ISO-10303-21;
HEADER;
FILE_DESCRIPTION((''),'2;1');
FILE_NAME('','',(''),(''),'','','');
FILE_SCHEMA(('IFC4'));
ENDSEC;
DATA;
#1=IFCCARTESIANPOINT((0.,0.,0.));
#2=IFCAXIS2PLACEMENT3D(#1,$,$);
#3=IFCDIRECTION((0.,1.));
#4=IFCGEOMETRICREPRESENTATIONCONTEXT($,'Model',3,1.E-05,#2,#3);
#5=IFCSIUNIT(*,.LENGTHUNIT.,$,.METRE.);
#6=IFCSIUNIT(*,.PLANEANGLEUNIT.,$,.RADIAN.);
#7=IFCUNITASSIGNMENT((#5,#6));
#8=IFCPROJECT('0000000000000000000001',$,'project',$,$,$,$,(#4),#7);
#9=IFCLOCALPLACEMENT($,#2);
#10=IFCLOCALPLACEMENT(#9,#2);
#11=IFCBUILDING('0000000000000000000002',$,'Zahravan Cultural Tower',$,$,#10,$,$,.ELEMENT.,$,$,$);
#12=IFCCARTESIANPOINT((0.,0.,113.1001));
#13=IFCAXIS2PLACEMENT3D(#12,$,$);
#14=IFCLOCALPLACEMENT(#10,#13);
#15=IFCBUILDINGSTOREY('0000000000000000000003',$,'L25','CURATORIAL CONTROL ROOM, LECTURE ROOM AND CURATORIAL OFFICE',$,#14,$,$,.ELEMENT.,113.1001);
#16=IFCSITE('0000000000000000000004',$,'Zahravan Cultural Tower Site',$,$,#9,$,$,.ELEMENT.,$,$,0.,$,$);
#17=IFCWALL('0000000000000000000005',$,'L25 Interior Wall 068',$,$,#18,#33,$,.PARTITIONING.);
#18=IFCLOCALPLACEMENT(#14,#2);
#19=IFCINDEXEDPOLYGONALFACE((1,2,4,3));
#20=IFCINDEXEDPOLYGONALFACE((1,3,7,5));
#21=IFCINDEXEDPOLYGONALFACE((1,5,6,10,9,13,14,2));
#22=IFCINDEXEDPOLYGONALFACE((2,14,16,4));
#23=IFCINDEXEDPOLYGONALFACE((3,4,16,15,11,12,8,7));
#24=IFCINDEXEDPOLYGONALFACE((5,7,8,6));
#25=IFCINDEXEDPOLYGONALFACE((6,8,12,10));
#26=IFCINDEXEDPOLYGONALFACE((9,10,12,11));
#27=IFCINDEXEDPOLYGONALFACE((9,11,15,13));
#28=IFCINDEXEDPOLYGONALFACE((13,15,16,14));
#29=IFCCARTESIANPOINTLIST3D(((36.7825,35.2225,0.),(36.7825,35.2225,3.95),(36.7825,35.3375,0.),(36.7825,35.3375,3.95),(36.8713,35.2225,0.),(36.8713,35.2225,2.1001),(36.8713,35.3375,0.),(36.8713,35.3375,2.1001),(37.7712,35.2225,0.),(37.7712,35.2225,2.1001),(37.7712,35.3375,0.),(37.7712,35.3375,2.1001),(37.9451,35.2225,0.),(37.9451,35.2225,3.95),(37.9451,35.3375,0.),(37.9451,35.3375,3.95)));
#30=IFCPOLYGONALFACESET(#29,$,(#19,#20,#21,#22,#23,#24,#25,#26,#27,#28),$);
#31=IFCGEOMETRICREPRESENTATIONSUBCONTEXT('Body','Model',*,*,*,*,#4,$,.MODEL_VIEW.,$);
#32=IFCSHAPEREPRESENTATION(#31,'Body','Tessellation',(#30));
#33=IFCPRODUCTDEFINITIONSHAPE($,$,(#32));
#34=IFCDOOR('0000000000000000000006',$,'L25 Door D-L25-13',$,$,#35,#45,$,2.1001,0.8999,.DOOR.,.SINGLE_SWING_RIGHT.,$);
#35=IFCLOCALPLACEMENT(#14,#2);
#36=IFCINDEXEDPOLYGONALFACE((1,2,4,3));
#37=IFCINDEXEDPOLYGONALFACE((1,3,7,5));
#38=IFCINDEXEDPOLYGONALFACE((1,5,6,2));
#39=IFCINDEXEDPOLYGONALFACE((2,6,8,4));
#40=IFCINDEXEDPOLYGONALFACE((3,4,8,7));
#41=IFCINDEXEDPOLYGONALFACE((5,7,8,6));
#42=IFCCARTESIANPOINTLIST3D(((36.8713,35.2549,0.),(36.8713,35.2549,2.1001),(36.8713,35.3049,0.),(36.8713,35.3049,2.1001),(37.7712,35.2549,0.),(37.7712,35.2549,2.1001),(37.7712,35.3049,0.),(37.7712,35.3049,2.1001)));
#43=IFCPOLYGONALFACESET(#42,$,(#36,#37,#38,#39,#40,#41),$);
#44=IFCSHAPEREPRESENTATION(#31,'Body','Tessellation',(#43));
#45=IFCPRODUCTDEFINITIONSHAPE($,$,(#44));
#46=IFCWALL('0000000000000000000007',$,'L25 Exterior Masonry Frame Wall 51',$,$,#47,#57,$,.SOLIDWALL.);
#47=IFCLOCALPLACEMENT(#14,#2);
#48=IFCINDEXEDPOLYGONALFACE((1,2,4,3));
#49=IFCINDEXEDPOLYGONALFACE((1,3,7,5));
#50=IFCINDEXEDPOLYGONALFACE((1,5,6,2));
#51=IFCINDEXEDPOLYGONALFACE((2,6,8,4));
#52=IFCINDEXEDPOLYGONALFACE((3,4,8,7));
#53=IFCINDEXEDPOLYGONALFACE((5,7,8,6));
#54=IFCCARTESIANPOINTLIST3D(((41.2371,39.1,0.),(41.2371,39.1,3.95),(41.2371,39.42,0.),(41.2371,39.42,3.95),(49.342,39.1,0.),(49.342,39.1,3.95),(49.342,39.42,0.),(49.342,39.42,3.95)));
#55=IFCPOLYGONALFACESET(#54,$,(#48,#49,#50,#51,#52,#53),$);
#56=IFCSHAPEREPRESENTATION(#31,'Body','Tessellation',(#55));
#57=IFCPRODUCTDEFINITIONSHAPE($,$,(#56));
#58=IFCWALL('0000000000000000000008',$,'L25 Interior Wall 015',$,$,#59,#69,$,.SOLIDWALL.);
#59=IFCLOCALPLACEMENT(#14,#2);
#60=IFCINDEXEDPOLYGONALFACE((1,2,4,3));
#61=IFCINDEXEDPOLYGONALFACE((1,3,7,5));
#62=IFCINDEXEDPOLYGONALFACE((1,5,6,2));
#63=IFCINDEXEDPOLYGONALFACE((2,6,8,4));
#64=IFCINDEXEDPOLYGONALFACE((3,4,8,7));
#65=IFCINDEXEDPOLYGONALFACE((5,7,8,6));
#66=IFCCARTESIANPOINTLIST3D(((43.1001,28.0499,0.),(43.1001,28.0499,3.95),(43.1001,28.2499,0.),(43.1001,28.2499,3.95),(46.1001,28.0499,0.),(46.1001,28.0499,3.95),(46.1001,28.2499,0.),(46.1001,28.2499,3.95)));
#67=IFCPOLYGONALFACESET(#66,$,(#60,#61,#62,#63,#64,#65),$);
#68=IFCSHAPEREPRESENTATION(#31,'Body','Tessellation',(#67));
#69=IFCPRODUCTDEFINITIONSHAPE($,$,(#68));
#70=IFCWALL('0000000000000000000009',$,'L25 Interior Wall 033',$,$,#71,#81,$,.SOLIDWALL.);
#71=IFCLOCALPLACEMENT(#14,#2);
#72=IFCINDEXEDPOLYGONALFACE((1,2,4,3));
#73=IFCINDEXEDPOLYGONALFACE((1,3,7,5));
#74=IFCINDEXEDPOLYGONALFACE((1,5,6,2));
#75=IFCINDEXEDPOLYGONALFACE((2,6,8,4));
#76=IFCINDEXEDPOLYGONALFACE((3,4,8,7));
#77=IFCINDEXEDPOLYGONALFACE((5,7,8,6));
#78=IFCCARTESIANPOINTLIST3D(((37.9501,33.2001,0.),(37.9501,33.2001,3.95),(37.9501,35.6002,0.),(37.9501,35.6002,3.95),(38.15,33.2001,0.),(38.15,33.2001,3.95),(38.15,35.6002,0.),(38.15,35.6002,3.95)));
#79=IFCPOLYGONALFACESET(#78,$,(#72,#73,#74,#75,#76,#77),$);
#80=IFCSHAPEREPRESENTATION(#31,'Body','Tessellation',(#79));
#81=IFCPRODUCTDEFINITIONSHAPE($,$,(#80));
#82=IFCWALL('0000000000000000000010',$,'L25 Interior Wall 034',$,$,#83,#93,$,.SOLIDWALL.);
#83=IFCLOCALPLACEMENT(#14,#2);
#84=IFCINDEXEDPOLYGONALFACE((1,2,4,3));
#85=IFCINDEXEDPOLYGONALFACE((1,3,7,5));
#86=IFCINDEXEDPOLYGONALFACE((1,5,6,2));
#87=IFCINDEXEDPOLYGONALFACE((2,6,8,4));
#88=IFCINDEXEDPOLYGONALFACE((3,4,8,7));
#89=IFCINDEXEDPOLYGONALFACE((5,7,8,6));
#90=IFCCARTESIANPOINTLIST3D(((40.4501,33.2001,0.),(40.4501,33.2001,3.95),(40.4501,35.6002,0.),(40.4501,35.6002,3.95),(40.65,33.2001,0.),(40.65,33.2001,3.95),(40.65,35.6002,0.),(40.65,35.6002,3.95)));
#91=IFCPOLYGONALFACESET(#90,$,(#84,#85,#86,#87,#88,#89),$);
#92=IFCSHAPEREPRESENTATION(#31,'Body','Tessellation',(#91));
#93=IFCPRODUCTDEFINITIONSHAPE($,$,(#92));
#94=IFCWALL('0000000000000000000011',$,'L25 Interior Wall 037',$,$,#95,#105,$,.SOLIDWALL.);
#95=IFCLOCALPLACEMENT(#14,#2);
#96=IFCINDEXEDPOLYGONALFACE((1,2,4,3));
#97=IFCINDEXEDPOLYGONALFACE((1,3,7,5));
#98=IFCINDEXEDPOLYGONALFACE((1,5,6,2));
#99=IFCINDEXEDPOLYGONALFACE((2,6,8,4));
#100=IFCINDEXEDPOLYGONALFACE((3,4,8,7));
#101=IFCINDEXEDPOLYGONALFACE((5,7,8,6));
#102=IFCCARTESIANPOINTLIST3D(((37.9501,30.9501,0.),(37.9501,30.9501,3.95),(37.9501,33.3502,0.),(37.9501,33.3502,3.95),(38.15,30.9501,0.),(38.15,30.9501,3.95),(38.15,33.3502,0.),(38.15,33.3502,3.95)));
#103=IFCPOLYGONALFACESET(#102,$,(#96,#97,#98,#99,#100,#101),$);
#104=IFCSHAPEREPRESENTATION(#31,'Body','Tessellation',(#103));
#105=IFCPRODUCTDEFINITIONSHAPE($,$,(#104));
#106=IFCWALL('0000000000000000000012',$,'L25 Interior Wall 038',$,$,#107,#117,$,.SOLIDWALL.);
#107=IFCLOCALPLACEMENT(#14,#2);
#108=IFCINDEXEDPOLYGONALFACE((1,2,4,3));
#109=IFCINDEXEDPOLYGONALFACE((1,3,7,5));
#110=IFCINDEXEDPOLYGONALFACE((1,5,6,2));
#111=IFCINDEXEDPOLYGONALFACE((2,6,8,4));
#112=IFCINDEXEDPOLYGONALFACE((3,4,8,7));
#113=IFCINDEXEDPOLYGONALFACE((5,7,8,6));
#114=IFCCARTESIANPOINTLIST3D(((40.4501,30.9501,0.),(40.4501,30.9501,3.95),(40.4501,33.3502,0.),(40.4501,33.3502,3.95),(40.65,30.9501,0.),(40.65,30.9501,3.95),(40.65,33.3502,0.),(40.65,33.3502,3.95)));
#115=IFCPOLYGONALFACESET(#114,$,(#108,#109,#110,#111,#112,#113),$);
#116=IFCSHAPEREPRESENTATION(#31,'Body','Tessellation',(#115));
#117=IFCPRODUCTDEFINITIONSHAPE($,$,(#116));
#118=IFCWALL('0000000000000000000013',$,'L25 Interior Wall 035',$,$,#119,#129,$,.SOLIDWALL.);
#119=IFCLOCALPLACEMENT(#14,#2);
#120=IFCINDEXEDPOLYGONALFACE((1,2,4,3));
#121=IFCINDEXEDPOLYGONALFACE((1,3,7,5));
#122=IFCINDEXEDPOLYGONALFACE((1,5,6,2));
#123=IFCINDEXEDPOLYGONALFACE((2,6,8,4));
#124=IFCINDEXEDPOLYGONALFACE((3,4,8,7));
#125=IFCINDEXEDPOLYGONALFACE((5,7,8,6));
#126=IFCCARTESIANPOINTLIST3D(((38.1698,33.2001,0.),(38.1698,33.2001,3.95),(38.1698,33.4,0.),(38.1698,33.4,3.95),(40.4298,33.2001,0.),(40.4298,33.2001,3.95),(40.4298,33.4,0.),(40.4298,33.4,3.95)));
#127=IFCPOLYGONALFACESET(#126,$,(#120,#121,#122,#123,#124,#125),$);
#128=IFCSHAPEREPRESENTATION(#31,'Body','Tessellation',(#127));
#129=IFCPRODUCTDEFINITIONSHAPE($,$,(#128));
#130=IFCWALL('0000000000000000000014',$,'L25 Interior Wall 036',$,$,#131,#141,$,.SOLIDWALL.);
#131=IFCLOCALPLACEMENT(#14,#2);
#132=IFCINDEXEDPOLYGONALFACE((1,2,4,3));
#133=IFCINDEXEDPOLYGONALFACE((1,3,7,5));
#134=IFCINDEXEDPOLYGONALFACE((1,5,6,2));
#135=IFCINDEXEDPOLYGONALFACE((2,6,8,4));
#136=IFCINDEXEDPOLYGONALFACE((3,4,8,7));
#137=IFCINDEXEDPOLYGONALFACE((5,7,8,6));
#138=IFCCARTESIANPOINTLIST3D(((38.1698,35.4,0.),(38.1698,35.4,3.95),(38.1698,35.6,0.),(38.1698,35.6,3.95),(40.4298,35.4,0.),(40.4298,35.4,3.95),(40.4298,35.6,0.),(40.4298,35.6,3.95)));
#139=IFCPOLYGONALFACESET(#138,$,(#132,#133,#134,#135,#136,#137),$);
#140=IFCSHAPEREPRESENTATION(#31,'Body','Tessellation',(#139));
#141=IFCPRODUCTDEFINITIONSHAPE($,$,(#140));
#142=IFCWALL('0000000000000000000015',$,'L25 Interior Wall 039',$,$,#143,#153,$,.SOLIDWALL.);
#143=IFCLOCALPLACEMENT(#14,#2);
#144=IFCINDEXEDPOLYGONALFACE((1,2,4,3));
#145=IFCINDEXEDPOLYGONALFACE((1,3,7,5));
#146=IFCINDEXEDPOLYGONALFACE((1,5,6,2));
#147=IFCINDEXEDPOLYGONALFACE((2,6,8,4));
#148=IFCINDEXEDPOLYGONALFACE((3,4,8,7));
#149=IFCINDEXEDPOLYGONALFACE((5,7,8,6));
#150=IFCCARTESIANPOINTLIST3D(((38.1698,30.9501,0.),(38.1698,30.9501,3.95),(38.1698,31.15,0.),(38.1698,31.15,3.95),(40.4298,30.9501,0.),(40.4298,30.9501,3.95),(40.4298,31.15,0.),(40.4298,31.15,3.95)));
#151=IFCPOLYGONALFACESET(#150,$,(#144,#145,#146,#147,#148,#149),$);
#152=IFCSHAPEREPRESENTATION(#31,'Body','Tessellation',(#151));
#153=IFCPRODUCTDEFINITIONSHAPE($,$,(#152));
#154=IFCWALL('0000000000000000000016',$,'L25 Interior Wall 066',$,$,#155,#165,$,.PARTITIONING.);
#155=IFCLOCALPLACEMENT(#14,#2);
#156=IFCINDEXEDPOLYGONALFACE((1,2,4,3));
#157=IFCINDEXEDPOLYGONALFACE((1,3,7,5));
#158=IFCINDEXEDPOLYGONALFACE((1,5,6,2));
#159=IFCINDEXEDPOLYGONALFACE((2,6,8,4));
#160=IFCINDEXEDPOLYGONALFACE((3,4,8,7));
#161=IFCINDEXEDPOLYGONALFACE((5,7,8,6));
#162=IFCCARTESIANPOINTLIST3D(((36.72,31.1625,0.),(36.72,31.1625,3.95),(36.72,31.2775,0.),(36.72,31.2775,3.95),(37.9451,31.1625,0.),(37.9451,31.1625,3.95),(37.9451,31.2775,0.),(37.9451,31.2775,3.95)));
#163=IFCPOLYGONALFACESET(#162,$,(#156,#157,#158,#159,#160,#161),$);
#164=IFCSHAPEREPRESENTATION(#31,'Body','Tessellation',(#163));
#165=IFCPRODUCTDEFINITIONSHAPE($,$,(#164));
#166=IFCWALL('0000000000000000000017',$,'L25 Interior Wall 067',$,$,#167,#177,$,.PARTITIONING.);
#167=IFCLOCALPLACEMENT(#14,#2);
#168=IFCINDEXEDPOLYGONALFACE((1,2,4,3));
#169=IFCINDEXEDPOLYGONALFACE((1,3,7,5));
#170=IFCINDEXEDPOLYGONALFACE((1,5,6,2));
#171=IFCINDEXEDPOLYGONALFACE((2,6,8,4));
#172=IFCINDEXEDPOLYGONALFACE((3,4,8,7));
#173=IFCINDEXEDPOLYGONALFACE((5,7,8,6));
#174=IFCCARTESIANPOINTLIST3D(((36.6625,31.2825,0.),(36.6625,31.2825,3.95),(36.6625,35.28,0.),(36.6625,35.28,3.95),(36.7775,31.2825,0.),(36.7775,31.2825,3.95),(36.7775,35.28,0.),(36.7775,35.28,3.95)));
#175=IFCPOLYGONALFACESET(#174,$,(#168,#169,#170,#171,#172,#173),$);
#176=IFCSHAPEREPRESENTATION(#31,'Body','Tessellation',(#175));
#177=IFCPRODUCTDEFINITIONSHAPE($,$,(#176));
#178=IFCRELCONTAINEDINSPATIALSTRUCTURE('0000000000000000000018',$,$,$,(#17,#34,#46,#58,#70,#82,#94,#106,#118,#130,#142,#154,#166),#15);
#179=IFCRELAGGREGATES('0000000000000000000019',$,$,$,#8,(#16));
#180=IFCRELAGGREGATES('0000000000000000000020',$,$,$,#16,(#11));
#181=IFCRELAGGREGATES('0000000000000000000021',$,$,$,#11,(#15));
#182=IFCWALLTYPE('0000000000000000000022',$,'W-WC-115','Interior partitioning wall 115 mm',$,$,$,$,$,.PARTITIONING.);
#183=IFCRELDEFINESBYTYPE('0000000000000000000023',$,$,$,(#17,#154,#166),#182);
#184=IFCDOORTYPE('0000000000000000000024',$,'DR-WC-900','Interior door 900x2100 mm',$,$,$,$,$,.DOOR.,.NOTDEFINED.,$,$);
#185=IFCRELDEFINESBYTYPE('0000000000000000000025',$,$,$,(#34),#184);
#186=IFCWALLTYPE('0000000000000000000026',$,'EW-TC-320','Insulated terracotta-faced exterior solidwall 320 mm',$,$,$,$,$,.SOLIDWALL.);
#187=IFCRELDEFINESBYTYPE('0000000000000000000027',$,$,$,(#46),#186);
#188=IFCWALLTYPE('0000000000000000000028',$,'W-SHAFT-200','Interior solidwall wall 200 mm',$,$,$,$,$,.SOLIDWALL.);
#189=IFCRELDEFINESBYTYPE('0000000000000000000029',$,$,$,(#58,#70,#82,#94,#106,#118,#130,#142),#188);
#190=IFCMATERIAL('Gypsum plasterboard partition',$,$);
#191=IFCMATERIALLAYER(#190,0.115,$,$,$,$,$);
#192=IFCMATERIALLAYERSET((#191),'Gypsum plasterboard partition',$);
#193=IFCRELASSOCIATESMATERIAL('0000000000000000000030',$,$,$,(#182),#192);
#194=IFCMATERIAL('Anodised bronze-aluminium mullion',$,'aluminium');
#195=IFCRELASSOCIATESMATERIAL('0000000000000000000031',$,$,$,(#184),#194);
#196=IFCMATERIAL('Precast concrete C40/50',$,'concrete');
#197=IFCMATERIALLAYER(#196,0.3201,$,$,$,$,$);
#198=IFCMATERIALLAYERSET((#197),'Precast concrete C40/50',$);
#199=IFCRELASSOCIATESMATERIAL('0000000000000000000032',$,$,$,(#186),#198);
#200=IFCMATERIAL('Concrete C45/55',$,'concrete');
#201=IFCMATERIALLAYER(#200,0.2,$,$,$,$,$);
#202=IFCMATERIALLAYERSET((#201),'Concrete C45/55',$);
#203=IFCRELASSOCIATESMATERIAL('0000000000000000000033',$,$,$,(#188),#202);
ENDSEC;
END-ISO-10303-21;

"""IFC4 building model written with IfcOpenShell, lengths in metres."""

from ifc_helpers import new_model, si_unit, direction, frame, frame_2d, origin, place, context, subcontext, project, spatial, rectangle, extrude, source, transform, mapped, material, layer, layer_set, type_object, element, fill, save


model = new_model("IFC4")

# Units and contexts
model_context = context("Model", 3, precision=1e-05, world=origin(), true_north=direction((0.0, 1.0)))
body_context = subcontext(model_context, "Body", "Model", "MODEL_VIEW")
ifc_project = project(units=[si_unit("LENGTHUNIT", "METRE"), si_unit("PLANEANGLEUNIT", "RADIAN")], contexts=[model_context])

# Site, building, storey
site_placement = place(None, origin())
site = spatial("IfcSite", under=ifc_project, at=site_placement, Name="Zahravan Cultural Tower Site", CompositionType="ELEMENT", RefElevation=0.0)
building_placement = place(site_placement, origin())
building = spatial("IfcBuilding", under=site, at=building_placement, Name="Zahravan Cultural Tower", CompositionType="ELEMENT")
storey_placement = place(building_placement, frame((0.0, 0.0, 113.1001)))
storey = spatial("IfcBuildingStorey", under=building, at=storey_placement, Name="L25", Description="CURATORIAL CONTROL ROOM, LECTURE ROOM AND CURATORIAL OFFICE", CompositionType="ELEMENT", Elevation=113.1001)

# Shared definitions
ifc_material_1 = material(Name="Anodised bronze-aluminium mullion", Category="aluminium")

# Wall, opening, door
ifc_material_2 = material(Name="Gypsum plasterboard partition")
ifc_layer_1 = layer(ifc_material_2, 0.115)
ifc_layer_set_1 = layer_set([ifc_layer_1], Name="Gypsum plasterboard partition")
wall_type_1 = type_object("IfcWallType", Name="W-WC-115", Description="Interior partitioning wall 115 mm", PredefinedType="PARTITIONING", material=ifc_layer_set_1)
wall_1_placement = place(storey_placement, frame((36.7825, 35.28, 0.0), z_axis=(0.0, 0.0, 1.0), x_axis=(1.0, 0.0, 0.0)))
wall_1 = element("IfcWall", 1, at=wall_1_placement, inside=storey, type_object=wall_type_1, Name="L25 Interior Wall 068", PredefinedType="PARTITIONING", context=body_context, shape_type="SweptSolid", body=[
    extrude(rectangle(XDim=1.1626, YDim=0.115, at=frame_2d((0.5813, 0.0))), origin(), (0.0, 0.0, 1.0), 3.95),
])
opening_1_placement = place(wall_1_placement, frame((0.0889, 0.0, 0.0)))
opening_1 = element("IfcOpeningElement", 2, at=opening_1_placement, cuts=wall_1, PredefinedType="OPENING", context=body_context, shape_type="SweptSolid", body=[
    extrude(rectangle(XDim=0.8999, YDim=2.1001, at=frame_2d((0.45, 1.05))), frame((0.0, 0.0674, 0.0), z_axis=(0.0, -1.0, 0.0), x_axis=(1.0, 0.0, 0.0)), (0.0, 0.0, 1.0), 0.135),
])
door_type_1 = type_object("IfcDoorType", Name="DR-WC-900", Description="Interior door 900x2100 mm", OperationType="NOTDEFINED", PredefinedType="DOOR", material=ifc_material_1)
shared_shape_1 = source(origin(), body_context, "Body", "SweptSolid", [
    extrude(rectangle(XDim=0.8999, YDim=2.1001, at=frame_2d((0.45, 1.05))), frame((0.0, 0.0249, 0.0), z_axis=(0.0, -1.0, 0.0), x_axis=(1.0, 0.0, 0.0)), (0.0, 0.0, 1.0), 0.05),
])
door_1_placement = place(opening_1_placement, origin())
door_1 = element("IfcDoor", 3, at=door_1_placement, inside=storey, type_object=door_type_1, Name="L25 Door D-L25-13", OperationType="SINGLE_SWING_RIGHT", OverallHeight=2.1001, OverallWidth=0.8999, PredefinedType="DOOR", context=body_context, shape_type="MappedRepresentation", body=[
    mapped(shared_shape_1, transform((0.0, 0.0, 0.0), x_axis=(1.0, 0.0, 0.0), y_axis=(0.0, 1.0, 0.0), z_axis=(0.0, 0.0, 1.0), scale=1.0)),
])
fill(opening_1, door_1)

# Walls
ifc_material_3 = material(Name="Precast concrete C40/50", Category="concrete")
ifc_layer_2 = layer(ifc_material_3, 0.3201)
ifc_layer_set_2 = layer_set([ifc_layer_2], Name="Precast concrete C40/50")
wall_type_2 = type_object("IfcWallType", Name="EW-TC-320", Description="Insulated terracotta-faced exterior solidwall 320 mm", PredefinedType="SOLIDWALL", material=ifc_layer_set_2)
shared_shape_2 = source(origin(), body_context, "Body", "SweptSolid", [
    extrude(rectangle(XDim=8.105, YDim=0.3201, at=frame_2d((4.0525, 0.0))), origin(), (0.0, 0.0, 1.0), 3.95),
])
wall_2_placement = place(storey_placement, frame((41.2371, 39.26, 0.0), z_axis=(0.0, 0.0, 1.0), x_axis=(1.0, 0.0, 0.0)))
element("IfcWall", 4, at=wall_2_placement, inside=storey, type_object=wall_type_2, Name="L25 Exterior Masonry Frame Wall 51", PredefinedType="SOLIDWALL", context=body_context, shape_type="MappedRepresentation", body=[
    mapped(shared_shape_2, transform((0.0, 0.0, 0.0), x_axis=(1.0, 0.0, 0.0), y_axis=(0.0, 1.0, 0.0), z_axis=(0.0, 0.0, 1.0), scale=1.0)),
])
ifc_material_4 = material(Name="Concrete C45/55", Category="concrete")
ifc_layer_3 = layer(ifc_material_4, 0.2)
ifc_layer_set_3 = layer_set([ifc_layer_3], Name="Concrete C45/55")
wall_type_3 = type_object("IfcWallType", Name="W-SHAFT-200", Description="Interior solidwall wall 200 mm", PredefinedType="SOLIDWALL", material=ifc_layer_set_3)
shared_shape_3 = source(origin(), body_context, "Body", "SweptSolid", [
    extrude(rectangle(XDim=3.0, YDim=0.2, at=frame_2d((1.5, 0.0))), origin(), (0.0, 0.0, 1.0), 3.95),
])
wall_3_placement = place(storey_placement, frame((43.1001, 28.1499, 0.0), z_axis=(0.0, 0.0, 1.0), x_axis=(1.0, 0.0, 0.0)))
element("IfcWall", 5, at=wall_3_placement, inside=storey, type_object=wall_type_3, Name="L25 Interior Wall 015", PredefinedType="SOLIDWALL", context=body_context, shape_type="MappedRepresentation", body=[
    mapped(shared_shape_3, transform((0.0, 0.0, 0.0), x_axis=(1.0, 0.0, 0.0), y_axis=(0.0, 1.0, 0.0), z_axis=(0.0, 0.0, 1.0), scale=1.0)),
])
shared_shape_4 = source(origin(), body_context, "Body", "SweptSolid", [
    extrude(rectangle(XDim=2.4001, YDim=0.2, at=frame_2d((1.2002, 0.0))), origin(), (0.0, 0.0, 1.0), 3.95),
])
for number, where, z_axis, x_axis, name in (
    (6, (38.05, 33.2, 0.0), (0.0, 0.0, 1.0), (0.0, 1.0, 0.0), "L25 Interior Wall 033"),
    (7, (40.55, 33.2, 0.0), (0.0, 0.0, 1.0), (0.0, 1.0, 0.0), "L25 Interior Wall 034"),
    (8, (38.05, 30.95, 0.0), (0.0, 0.0, 1.0), (0.0, 1.0, 0.0), "L25 Interior Wall 037"),
    (9, (40.55, 30.95, 0.0), (0.0, 0.0, 1.0), (0.0, 1.0, 0.0), "L25 Interior Wall 038"),
):
    element("IfcWall", number, at=place(storey_placement, frame(where, z_axis=z_axis, x_axis=x_axis)), inside=storey, type_object=wall_type_3, Name=name, PredefinedType="SOLIDWALL", context=body_context, shape_type="MappedRepresentation", body=[
        mapped(shared_shape_4, transform((0.0, 0.0, 0.0), x_axis=(1.0, 0.0, 0.0), y_axis=(0.0, 1.0, 0.0), z_axis=(0.0, 0.0, 1.0), scale=1.0)),
    ])
shared_shape_5 = source(origin(), body_context, "Body", "SweptSolid", [
    extrude(rectangle(XDim=2.26, YDim=0.2, at=frame_2d((1.1299, 0.0))), origin(), (0.0, 0.0, 1.0), 3.95),
])
for number, where, z_axis, x_axis, name in (
    (10, (38.1699, 33.3, 0.0), (0.0, 0.0, 1.0), (1.0, 0.0, 0.0), "L25 Interior Wall 035"),
    (11, (38.1699, 35.5, 0.0), (0.0, 0.0, 1.0), (1.0, 0.0, 0.0), "L25 Interior Wall 036"),
    (12, (38.1699, 31.05, 0.0), (0.0, 0.0, 1.0), (1.0, 0.0, 0.0), "L25 Interior Wall 039"),
):
    element("IfcWall", number, at=place(storey_placement, frame(where, z_axis=z_axis, x_axis=x_axis)), inside=storey, type_object=wall_type_3, Name=name, PredefinedType="SOLIDWALL", context=body_context, shape_type="MappedRepresentation", body=[
        mapped(shared_shape_5, transform((0.0, 0.0, 0.0), x_axis=(1.0, 0.0, 0.0), y_axis=(0.0, 1.0, 0.0), z_axis=(0.0, 0.0, 1.0), scale=1.0)),
    ])
shared_shape_6 = source(origin(), body_context, "Body", "SweptSolid", [
    extrude(rectangle(XDim=1.2251, YDim=0.115, at=frame_2d((0.6125, 0.0))), origin(), (0.0, 0.0, 1.0), 3.95),
])
wall_4_placement = place(storey_placement, frame((37.9451, 31.22, 0.0), z_axis=(0.0, 0.0, 1.0), x_axis=(-1.0, 0.0, 0.0)))
element("IfcWall", 13, at=wall_4_placement, inside=storey, type_object=wall_type_1, Name="L25 Interior Wall 066", PredefinedType="PARTITIONING", context=body_context, shape_type="MappedRepresentation", body=[
    mapped(shared_shape_6, transform((0.0, 0.0, 0.0), x_axis=(1.0, 0.0, 0.0), y_axis=(0.0, 1.0, 0.0), z_axis=(0.0, 0.0, 1.0), scale=1.0)),
])
shared_shape_7 = source(origin(), body_context, "Body", "SweptSolid", [
    extrude(rectangle(XDim=3.9976, YDim=0.115, at=frame_2d((1.9988, 0.0))), origin(), (0.0, 0.0, 1.0), 3.95),
])
wall_5_placement = place(storey_placement, frame((36.72, 31.2825, 0.0), z_axis=(0.0, 0.0, 1.0), x_axis=(0.0, 1.0, 0.0)))
element("IfcWall", 14, at=wall_5_placement, inside=storey, type_object=wall_type_1, Name="L25 Interior Wall 067", PredefinedType="PARTITIONING", context=body_context, shape_type="MappedRepresentation", body=[
    mapped(shared_shape_7, transform((0.0, 0.0, 0.0), x_axis=(1.0, 0.0, 0.0), y_axis=(0.0, 1.0, 0.0), z_axis=(0.0, 0.0, 1.0), scale=1.0)),
])

save(model, "model.ifc")
